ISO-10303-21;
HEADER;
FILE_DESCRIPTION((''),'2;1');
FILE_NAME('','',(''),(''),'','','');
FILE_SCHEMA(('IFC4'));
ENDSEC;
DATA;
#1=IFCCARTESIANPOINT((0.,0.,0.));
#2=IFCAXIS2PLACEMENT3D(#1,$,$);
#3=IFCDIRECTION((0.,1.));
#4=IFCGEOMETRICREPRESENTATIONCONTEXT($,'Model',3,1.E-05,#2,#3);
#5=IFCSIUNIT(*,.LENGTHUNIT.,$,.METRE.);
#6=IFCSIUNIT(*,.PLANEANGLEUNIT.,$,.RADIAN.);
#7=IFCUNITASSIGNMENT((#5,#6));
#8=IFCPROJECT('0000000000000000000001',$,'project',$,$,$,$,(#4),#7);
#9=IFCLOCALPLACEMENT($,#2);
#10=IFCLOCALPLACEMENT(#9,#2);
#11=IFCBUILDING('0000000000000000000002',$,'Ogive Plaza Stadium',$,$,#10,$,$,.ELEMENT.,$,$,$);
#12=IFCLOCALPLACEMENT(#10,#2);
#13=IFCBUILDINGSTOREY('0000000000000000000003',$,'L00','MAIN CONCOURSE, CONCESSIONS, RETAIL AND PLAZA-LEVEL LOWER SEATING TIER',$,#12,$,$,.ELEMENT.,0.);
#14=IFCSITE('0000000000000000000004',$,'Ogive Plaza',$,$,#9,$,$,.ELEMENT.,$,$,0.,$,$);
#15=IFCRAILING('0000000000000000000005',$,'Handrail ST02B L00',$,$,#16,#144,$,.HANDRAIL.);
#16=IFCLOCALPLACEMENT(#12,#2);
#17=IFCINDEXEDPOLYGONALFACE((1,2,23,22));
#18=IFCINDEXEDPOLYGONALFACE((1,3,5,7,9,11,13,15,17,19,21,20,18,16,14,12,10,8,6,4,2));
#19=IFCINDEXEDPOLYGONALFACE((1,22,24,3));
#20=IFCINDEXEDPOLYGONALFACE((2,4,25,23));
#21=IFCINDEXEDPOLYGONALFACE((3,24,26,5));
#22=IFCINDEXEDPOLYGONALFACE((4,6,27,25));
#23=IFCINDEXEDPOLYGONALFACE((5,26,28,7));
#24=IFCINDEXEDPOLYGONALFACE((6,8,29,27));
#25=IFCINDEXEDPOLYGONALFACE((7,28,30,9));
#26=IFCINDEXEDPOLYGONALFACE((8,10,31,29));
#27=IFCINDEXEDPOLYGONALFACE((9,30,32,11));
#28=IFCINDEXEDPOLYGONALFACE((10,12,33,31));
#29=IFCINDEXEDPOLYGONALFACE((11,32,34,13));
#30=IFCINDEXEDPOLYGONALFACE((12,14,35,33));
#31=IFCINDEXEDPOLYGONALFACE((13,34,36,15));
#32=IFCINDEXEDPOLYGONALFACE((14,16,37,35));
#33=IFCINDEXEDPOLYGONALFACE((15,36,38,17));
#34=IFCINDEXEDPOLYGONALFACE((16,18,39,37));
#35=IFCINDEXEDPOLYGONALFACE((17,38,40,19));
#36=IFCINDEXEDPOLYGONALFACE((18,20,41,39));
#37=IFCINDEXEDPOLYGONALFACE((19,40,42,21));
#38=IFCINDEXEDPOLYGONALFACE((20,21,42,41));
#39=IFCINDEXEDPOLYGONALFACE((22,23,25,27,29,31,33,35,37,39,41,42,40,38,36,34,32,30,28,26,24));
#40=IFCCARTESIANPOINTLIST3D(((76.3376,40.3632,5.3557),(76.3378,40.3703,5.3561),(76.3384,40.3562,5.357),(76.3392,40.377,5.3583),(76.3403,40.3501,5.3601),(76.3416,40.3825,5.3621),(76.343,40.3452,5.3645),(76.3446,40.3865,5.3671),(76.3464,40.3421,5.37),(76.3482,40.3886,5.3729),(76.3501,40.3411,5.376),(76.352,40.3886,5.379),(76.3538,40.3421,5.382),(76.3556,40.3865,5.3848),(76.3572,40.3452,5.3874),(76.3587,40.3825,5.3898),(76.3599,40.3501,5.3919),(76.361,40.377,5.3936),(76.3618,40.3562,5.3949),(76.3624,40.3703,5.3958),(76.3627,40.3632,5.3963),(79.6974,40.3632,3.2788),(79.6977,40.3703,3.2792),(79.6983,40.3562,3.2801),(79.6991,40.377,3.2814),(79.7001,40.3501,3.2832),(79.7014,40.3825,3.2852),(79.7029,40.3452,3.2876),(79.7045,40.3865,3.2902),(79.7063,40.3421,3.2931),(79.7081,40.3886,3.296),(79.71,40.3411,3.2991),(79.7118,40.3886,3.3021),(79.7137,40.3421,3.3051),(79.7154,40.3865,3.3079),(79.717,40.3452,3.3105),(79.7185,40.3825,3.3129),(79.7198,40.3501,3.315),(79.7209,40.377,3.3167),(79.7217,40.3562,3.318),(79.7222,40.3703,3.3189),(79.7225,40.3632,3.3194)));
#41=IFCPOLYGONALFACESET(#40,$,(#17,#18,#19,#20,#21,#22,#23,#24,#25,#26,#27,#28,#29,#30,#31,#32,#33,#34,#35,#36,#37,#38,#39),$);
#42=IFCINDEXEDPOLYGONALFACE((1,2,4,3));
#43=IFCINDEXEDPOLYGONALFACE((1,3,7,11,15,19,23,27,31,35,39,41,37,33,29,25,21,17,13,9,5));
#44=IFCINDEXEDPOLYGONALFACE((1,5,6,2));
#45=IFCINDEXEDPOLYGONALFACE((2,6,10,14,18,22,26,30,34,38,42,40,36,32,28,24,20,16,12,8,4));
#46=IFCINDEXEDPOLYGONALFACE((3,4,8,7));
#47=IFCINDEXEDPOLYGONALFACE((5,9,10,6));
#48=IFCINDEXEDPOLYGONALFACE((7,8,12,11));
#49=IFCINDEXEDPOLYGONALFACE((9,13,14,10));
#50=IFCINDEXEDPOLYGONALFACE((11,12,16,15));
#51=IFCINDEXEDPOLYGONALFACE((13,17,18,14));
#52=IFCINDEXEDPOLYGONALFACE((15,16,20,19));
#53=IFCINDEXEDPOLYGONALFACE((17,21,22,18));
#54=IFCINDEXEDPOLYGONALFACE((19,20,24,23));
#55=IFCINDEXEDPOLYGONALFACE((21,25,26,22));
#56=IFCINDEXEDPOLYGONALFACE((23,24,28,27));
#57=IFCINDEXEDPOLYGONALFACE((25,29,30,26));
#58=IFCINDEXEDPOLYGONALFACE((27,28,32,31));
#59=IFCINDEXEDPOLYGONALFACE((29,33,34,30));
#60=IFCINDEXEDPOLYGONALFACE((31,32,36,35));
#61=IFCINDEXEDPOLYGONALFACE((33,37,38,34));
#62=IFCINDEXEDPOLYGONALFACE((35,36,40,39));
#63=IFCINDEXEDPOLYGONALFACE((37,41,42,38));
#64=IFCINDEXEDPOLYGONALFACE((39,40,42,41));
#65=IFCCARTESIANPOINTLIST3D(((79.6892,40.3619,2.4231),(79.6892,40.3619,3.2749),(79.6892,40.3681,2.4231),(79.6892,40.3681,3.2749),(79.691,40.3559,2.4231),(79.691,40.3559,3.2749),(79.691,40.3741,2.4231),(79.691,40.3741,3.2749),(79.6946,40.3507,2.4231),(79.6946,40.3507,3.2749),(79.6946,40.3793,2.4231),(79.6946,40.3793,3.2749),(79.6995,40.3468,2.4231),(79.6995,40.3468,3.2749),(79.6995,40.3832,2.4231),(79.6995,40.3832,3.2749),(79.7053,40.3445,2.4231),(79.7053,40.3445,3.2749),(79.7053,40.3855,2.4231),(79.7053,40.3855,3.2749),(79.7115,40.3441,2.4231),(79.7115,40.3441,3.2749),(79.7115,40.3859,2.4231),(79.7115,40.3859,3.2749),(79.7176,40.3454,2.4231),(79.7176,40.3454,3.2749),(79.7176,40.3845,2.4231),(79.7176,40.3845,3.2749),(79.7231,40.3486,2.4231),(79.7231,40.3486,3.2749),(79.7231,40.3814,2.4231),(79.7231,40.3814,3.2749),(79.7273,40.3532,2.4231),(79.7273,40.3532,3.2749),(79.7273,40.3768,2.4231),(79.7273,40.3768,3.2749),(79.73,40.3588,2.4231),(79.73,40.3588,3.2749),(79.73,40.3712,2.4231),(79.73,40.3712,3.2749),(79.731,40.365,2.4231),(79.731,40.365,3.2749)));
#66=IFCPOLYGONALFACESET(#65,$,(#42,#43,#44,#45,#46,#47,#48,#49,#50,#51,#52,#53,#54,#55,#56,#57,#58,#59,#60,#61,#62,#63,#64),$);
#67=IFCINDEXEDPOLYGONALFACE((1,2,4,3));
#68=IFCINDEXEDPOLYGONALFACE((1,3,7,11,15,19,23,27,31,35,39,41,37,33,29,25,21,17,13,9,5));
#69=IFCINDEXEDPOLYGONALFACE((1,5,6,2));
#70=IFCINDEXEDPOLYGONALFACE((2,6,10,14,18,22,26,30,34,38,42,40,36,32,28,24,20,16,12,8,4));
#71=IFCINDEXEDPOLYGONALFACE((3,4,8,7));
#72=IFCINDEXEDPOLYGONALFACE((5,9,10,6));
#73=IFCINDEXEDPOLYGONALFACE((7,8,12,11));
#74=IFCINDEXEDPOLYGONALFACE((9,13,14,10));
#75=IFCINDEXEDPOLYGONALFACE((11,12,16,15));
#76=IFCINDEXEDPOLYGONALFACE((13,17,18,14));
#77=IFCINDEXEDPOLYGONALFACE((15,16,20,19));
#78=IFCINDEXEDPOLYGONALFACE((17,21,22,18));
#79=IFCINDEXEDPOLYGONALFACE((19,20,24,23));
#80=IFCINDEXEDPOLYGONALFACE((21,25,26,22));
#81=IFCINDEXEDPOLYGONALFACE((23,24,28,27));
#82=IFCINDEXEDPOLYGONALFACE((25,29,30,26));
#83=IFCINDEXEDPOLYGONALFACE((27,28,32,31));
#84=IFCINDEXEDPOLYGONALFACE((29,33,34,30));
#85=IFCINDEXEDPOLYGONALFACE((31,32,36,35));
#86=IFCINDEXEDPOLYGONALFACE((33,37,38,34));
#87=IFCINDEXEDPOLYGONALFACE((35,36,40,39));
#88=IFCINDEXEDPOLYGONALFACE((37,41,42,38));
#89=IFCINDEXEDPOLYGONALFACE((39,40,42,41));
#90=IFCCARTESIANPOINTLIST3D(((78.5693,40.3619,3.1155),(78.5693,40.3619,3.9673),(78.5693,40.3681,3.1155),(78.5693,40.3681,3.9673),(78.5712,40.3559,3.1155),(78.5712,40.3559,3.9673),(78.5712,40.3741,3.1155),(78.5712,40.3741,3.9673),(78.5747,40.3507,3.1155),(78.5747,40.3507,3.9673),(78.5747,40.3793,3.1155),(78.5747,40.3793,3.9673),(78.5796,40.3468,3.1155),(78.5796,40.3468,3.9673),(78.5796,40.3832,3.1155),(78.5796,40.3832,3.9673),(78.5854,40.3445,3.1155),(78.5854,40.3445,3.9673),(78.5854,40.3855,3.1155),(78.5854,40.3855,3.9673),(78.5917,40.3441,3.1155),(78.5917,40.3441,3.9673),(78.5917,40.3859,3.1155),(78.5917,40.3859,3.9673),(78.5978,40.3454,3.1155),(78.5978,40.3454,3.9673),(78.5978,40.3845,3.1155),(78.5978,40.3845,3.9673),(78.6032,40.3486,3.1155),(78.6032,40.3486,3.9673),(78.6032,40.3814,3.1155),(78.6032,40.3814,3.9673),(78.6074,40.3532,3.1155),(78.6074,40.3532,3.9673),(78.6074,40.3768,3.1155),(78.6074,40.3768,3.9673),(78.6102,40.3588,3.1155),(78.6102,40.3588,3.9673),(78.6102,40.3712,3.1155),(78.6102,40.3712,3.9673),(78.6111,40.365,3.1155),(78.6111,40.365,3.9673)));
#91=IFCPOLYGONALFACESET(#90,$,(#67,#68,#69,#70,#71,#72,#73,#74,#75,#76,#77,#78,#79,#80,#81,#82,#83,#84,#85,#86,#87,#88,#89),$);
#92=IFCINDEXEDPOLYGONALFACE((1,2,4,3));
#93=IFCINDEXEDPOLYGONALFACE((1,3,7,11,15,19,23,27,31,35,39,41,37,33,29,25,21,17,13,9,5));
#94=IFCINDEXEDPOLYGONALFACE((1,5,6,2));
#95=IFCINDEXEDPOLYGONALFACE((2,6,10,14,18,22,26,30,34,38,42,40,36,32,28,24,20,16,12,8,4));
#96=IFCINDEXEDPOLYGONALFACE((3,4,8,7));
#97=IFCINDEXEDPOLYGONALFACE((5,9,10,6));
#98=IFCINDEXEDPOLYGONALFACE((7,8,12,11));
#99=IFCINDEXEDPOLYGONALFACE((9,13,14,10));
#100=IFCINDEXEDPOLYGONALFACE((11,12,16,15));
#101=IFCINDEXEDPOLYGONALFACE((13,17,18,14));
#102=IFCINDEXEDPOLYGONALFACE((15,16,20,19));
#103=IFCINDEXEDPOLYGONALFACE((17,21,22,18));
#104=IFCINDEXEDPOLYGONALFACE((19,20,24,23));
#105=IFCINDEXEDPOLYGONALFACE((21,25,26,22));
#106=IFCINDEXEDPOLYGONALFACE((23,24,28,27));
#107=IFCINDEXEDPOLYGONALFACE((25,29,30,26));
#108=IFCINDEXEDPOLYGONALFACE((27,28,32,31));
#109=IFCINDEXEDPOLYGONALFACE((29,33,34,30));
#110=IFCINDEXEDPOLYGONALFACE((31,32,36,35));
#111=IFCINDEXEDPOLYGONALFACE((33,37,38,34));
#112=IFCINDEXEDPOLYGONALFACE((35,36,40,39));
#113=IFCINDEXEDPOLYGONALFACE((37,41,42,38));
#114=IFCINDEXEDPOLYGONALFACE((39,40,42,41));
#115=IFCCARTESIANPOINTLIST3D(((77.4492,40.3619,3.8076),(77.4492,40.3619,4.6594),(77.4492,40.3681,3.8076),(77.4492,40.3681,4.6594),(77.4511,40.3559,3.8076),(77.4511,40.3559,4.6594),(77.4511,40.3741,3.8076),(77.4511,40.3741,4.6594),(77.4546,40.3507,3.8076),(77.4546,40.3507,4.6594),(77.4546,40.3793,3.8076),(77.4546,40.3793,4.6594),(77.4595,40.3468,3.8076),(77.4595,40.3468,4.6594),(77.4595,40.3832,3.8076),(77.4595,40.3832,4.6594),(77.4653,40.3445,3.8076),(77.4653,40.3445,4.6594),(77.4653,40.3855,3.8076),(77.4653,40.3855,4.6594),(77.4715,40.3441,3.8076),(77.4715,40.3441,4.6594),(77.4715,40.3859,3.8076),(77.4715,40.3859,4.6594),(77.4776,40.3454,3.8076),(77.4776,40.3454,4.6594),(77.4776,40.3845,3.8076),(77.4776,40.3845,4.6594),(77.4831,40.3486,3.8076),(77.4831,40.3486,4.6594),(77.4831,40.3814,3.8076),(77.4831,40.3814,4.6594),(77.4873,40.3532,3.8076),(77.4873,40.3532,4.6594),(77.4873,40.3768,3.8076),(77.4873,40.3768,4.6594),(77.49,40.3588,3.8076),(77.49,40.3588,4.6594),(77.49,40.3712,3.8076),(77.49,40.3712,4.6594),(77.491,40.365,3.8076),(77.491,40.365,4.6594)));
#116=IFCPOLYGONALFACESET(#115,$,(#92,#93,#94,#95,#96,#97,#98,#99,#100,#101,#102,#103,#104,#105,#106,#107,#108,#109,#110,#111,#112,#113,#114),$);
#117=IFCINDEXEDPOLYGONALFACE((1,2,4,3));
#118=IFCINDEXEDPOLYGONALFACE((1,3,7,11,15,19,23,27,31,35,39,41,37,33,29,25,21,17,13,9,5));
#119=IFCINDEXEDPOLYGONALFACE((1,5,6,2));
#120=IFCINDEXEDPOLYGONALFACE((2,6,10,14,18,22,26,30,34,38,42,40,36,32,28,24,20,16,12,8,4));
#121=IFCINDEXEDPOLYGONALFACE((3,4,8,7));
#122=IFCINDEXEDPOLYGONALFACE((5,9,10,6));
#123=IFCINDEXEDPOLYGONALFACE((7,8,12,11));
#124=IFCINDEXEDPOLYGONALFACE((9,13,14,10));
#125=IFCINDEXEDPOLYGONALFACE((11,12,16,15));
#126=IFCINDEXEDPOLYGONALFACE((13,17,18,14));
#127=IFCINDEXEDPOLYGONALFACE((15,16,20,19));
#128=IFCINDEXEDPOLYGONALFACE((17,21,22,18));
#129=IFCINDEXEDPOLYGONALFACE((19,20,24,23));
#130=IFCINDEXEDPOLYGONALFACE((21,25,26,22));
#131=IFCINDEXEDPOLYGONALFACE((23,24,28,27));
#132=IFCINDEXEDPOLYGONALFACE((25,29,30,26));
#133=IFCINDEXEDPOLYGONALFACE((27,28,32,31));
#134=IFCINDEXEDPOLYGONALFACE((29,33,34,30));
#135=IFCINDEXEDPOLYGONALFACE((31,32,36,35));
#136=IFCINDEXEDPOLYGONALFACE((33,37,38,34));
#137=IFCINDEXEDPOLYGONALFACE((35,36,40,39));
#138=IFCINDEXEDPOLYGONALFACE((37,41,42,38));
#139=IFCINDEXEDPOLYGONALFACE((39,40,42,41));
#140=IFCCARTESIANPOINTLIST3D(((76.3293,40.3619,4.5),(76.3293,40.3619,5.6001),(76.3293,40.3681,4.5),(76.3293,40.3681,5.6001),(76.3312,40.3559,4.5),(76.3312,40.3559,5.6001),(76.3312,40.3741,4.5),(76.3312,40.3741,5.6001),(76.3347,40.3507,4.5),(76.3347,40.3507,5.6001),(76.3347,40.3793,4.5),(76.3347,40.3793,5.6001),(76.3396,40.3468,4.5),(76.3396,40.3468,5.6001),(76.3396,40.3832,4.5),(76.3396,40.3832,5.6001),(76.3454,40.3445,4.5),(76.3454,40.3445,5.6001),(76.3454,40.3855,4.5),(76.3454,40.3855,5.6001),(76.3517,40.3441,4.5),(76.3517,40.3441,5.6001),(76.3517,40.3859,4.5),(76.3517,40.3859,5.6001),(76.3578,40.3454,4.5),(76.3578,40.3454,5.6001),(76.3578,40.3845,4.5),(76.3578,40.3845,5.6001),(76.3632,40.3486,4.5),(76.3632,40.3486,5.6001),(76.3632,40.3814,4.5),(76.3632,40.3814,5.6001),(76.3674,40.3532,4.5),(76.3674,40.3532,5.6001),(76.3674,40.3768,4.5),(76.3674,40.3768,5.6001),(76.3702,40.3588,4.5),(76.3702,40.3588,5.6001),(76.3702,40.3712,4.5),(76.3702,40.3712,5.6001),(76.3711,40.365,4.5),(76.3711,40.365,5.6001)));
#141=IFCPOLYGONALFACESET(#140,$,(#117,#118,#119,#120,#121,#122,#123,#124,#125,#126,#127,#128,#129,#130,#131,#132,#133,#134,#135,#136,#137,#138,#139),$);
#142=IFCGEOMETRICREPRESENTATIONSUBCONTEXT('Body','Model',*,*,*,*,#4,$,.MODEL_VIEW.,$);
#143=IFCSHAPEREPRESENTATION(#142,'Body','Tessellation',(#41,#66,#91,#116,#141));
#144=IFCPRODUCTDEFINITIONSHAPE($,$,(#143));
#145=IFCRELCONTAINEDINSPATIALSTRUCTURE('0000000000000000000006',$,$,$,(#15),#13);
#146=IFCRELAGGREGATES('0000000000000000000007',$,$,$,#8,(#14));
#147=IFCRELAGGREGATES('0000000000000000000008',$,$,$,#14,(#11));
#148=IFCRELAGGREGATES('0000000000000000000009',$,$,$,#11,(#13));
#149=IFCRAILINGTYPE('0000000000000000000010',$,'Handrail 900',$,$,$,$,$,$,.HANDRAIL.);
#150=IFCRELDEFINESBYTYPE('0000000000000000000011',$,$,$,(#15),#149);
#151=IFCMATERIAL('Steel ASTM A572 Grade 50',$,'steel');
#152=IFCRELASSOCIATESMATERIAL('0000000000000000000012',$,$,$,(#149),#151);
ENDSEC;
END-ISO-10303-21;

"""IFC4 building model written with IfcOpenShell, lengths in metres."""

from ifc_helpers import new_model, si_unit, direction, frame, origin, origin_2d, place, context, subcontext, project, spatial, circle, extrude, material, type_object, element, save


model = new_model("IFC4")

# Units and contexts
model_context = context("Model", 3, precision=1e-05, world=origin(), true_north=direction((0.0, 1.0)))
body_context = subcontext(model_context, "Body", "Model", "MODEL_VIEW")
ifc_project = project(units=[si_unit("LENGTHUNIT", "METRE"), si_unit("PLANEANGLEUNIT", "RADIAN")], contexts=[model_context])

# Site, building, storey
site_placement = place(None, origin())
site = spatial("IfcSite", under=ifc_project, at=site_placement, Name="Ogive Plaza", CompositionType="ELEMENT", RefElevation=0.0)
building_placement = place(site_placement, origin())
building = spatial("IfcBuilding", under=site, at=building_placement, Name="Ogive Plaza Stadium", CompositionType="ELEMENT")
storey_placement = place(building_placement, origin())
storey = spatial("IfcBuildingStorey", under=building, at=storey_placement, Name="L00", Description="MAIN CONCOURSE, CONCESSIONS, RETAIL AND PLAZA-LEVEL LOWER SEATING TIER", CompositionType="ELEMENT", Elevation=0.0)

# Railing
ifc_material_1 = material(Name="Steel ASTM A572 Grade 50", Category="steel")
railing_type_1 = type_object("IfcRailingType", Name="Handrail 900", PredefinedType="HANDRAIL", material=ifc_material_1)
for number, where, name in (
    (1, (79.71, 40.365, 2.4231), "Handrail ST02B L00"),
):
    element("IfcRailing", number, at=place(storey_placement, frame(where)), inside=storey, type_object=railing_type_1, Name=name, PredefinedType="HANDRAIL", context=body_context, shape_type="SweptSolid", body=[
        extrude(circle(Radius=0.0239, at=origin_2d()), frame((0.0, 0.0, 0.876), z_axis=(-0.850606, 0.0, 0.525803), x_axis=(0.0, -1.0, 0.0)), (0.0, 0.0, 1.0), 3.95),
        extrude(circle(Radius=0.021, at=origin_2d()), origin(), (0.0, 0.0, 1.0), 0.8518),
        extrude(circle(Radius=0.021, at=origin_2d()), frame((-1.1199, 0.0, 0.6924)), (0.0, 0.0, 1.0), 0.8518),
        extrude(circle(Radius=0.021, at=origin_2d()), frame((-2.24, 0.0, 1.3845)), (0.0, 0.0, 1.0), 0.8518),
        extrude(circle(Radius=0.021, at=origin_2d()), frame((-3.3599, 0.0, 2.0769)), (0.0, 0.0, 1.0), 1.1001),
    ])

save(model, "model.ifc")
